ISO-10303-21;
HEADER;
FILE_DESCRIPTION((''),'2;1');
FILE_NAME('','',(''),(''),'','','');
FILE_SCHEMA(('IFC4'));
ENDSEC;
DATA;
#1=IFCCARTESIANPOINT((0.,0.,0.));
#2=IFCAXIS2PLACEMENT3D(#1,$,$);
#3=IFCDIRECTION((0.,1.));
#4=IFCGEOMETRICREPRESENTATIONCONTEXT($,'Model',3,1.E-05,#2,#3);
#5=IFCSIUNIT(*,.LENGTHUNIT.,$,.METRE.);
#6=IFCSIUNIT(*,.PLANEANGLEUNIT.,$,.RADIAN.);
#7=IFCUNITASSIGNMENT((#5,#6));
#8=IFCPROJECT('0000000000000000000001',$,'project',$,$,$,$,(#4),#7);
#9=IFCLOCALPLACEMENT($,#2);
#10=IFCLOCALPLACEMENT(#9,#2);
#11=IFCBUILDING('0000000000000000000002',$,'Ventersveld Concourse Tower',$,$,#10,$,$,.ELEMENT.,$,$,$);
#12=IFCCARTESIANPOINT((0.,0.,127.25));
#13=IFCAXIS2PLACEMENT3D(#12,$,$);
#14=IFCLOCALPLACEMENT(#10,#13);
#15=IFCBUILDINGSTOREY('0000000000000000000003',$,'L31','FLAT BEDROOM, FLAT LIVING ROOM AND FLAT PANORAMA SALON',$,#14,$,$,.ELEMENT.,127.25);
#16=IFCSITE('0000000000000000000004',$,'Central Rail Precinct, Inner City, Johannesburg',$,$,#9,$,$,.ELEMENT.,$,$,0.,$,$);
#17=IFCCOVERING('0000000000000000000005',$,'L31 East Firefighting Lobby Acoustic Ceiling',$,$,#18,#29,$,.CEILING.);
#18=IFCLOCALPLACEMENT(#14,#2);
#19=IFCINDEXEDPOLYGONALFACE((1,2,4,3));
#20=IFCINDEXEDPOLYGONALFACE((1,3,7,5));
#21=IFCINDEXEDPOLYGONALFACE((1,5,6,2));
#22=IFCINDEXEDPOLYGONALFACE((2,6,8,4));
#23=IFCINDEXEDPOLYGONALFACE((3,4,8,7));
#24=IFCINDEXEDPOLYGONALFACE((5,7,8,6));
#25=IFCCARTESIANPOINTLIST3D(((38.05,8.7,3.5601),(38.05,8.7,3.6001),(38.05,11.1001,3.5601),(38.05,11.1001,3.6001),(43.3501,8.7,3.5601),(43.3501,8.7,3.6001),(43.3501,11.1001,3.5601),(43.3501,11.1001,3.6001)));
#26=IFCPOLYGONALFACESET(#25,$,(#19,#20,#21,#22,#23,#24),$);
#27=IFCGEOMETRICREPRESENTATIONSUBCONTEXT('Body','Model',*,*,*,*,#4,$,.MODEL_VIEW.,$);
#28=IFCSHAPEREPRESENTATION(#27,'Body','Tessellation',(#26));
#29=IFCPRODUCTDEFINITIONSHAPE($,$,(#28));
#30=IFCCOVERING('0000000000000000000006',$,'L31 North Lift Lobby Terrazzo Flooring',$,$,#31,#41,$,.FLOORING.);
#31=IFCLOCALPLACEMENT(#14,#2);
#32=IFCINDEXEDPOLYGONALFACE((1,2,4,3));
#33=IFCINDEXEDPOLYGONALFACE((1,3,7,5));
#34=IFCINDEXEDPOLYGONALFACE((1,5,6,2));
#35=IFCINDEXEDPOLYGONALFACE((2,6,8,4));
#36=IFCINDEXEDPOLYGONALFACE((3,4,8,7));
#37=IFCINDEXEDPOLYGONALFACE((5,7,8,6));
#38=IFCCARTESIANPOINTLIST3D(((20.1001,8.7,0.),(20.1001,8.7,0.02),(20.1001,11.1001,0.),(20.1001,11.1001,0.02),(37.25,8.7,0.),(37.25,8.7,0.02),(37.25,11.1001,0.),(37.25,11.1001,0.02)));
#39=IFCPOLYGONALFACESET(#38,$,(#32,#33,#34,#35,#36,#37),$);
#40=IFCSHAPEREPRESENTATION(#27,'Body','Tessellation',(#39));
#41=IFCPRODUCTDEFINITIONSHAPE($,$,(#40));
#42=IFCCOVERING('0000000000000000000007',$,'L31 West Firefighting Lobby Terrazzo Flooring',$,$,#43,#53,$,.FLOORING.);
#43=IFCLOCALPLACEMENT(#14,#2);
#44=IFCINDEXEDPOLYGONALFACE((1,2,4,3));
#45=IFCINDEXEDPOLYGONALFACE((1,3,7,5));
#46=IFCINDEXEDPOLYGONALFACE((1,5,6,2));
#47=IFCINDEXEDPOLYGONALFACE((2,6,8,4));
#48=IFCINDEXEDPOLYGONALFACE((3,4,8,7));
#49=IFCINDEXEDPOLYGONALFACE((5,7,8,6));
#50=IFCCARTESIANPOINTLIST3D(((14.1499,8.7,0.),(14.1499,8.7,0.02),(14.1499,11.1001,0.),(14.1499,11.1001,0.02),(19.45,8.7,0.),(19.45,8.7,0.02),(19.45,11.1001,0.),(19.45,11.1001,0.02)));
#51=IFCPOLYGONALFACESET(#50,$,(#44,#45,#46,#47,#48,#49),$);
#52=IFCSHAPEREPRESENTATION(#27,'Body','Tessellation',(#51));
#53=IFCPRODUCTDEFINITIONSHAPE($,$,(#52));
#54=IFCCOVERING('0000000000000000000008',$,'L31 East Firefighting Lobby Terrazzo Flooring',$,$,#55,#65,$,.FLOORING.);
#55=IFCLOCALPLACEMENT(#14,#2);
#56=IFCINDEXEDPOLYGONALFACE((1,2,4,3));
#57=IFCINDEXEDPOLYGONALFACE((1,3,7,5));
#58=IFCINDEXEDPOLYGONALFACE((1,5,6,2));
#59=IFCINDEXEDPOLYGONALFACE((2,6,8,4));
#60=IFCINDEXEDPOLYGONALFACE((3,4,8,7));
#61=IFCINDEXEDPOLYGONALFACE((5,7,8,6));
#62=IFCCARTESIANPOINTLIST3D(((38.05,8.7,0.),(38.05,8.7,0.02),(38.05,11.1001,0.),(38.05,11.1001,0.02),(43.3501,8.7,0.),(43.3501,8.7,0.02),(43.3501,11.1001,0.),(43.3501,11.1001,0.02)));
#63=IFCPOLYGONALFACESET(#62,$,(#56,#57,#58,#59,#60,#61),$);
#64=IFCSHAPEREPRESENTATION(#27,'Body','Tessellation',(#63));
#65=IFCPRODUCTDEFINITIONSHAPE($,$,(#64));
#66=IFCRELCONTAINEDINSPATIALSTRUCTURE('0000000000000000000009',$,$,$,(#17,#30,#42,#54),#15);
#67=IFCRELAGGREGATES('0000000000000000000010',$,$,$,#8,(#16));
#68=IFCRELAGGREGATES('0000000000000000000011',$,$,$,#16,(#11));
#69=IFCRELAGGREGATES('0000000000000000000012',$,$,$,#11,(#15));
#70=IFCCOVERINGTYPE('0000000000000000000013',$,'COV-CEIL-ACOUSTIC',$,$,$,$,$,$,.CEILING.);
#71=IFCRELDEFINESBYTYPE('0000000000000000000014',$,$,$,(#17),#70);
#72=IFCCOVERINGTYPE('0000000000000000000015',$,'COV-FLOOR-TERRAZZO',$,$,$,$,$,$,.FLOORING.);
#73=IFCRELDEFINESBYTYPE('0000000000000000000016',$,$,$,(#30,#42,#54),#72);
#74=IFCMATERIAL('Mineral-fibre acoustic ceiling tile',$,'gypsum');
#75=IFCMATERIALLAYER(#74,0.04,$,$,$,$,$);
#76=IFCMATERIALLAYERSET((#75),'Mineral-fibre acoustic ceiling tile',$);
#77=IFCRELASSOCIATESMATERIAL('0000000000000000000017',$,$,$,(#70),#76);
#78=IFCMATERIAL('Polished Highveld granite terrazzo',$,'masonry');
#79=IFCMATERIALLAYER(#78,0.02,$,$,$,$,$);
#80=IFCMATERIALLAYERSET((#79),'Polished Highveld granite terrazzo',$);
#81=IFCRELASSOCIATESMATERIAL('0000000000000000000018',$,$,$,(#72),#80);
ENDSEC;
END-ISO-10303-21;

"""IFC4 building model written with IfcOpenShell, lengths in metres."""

from ifc_helpers import new_model, si_unit, direction, frame, origin, place, context, subcontext, project, spatial, polyline, outline, extrude, material, layer, layer_set, type_object, element, save


model = new_model("IFC4")

# Units and contexts
model_context = context("Model", 3, precision=1e-05, world=origin(), true_north=direction((0.0, 1.0)))
body_context = subcontext(model_context, "Body", "Model", "MODEL_VIEW")
ifc_project = project(units=[si_unit("LENGTHUNIT", "METRE"), si_unit("PLANEANGLEUNIT", "RADIAN")], contexts=[model_context])

# Site, building, storey
site_placement = place(None, origin())
site = spatial("IfcSite", under=ifc_project, at=site_placement, Name="Central Rail Precinct, Inner City, Johannesburg", CompositionType="ELEMENT", RefElevation=0.0)
building_placement = place(site_placement, origin())
building = spatial("IfcBuilding", under=site, at=building_placement, Name="Ventersveld Concourse Tower", CompositionType="ELEMENT")
storey_placement = place(building_placement, frame((0.0, 0.0, 127.25)))
storey = spatial("IfcBuildingStorey", under=building, at=storey_placement, Name="L31", Description="FLAT BEDROOM, FLAT LIVING ROOM AND FLAT PANORAMA SALON", CompositionType="ELEMENT", Elevation=127.25)

# Coverings
ifc_material_1 = material(Name="Mineral-fibre acoustic ceiling tile", Category="gypsum")
ifc_layer_1 = layer(ifc_material_1, 0.04)
ifc_layer_set_1 = layer_set([ifc_layer_1], Name="Mineral-fibre acoustic ceiling tile")
covering_type_1 = type_object("IfcCoveringType", Name="COV-CEIL-ACOUSTIC", PredefinedType="CEILING", material=ifc_layer_set_1)
covering_1_placement = place(storey_placement, frame((0.0, 0.0, 3.5601)))
element("IfcCovering", 1, at=covering_1_placement, inside=storey, type_object=covering_type_1, Name="L31 East Firefighting Lobby Acoustic Ceiling", PredefinedType="CEILING", context=body_context, shape_type="SweptSolid", body=[
    extrude(outline(polyline([(38.05, 8.7), (43.3501, 8.7), (43.3501, 11.1001), (38.05, 11.1001), (38.05, 8.7)])), origin(), (0.0, 0.0, 1.0), 0.04),
])
ifc_material_2 = material(Name="Polished Highveld granite terrazzo", Category="masonry")
ifc_layer_2 = layer(ifc_material_2, 0.02)
ifc_layer_set_2 = layer_set([ifc_layer_2], Name="Polished Highveld granite terrazzo")
covering_type_2 = type_object("IfcCoveringType", Name="COV-FLOOR-TERRAZZO", PredefinedType="FLOORING", material=ifc_layer_set_2)
covering_2_placement = place(storey_placement, origin())
element("IfcCovering", 2, at=covering_2_placement, inside=storey, type_object=covering_type_2, Name="L31 North Lift Lobby Terrazzo Flooring", PredefinedType="FLOORING", context=body_context, shape_type="SweptSolid", body=[
    extrude(outline(polyline([(20.1001, 8.7), (37.25, 8.7), (37.25, 11.1001), (20.1001, 11.1001), (20.1001, 8.7)])), origin(), (0.0, 0.0, 1.0), 0.02),
])
covering_3_placement = place(storey_placement, origin())
element("IfcCovering", 3, at=covering_3_placement, inside=storey, type_object=covering_type_2, Name="L31 West Firefighting Lobby Terrazzo Flooring", PredefinedType="FLOORING", context=body_context, shape_type="SweptSolid", body=[
    extrude(outline(polyline([(14.1499, 8.7), (19.45, 8.7), (19.45, 11.1001), (14.1499, 11.1001), (14.1499, 8.7)])), origin(), (0.0, 0.0, 1.0), 0.02),
])
covering_4_placement = place(storey_placement, origin())
element("IfcCovering", 4, at=covering_4_placement, inside=storey, type_object=covering_type_2, Name="L31 East Firefighting Lobby Terrazzo Flooring", PredefinedType="FLOORING", context=body_context, shape_type="SweptSolid", body=[
    extrude(outline(polyline([(38.05, 8.7), (43.3501, 8.7), (43.3501, 11.1001), (38.05, 11.1001), (38.05, 8.7)])), origin(), (0.0, 0.0, 1.0), 0.02),
])

save(model, "model.ifc")
